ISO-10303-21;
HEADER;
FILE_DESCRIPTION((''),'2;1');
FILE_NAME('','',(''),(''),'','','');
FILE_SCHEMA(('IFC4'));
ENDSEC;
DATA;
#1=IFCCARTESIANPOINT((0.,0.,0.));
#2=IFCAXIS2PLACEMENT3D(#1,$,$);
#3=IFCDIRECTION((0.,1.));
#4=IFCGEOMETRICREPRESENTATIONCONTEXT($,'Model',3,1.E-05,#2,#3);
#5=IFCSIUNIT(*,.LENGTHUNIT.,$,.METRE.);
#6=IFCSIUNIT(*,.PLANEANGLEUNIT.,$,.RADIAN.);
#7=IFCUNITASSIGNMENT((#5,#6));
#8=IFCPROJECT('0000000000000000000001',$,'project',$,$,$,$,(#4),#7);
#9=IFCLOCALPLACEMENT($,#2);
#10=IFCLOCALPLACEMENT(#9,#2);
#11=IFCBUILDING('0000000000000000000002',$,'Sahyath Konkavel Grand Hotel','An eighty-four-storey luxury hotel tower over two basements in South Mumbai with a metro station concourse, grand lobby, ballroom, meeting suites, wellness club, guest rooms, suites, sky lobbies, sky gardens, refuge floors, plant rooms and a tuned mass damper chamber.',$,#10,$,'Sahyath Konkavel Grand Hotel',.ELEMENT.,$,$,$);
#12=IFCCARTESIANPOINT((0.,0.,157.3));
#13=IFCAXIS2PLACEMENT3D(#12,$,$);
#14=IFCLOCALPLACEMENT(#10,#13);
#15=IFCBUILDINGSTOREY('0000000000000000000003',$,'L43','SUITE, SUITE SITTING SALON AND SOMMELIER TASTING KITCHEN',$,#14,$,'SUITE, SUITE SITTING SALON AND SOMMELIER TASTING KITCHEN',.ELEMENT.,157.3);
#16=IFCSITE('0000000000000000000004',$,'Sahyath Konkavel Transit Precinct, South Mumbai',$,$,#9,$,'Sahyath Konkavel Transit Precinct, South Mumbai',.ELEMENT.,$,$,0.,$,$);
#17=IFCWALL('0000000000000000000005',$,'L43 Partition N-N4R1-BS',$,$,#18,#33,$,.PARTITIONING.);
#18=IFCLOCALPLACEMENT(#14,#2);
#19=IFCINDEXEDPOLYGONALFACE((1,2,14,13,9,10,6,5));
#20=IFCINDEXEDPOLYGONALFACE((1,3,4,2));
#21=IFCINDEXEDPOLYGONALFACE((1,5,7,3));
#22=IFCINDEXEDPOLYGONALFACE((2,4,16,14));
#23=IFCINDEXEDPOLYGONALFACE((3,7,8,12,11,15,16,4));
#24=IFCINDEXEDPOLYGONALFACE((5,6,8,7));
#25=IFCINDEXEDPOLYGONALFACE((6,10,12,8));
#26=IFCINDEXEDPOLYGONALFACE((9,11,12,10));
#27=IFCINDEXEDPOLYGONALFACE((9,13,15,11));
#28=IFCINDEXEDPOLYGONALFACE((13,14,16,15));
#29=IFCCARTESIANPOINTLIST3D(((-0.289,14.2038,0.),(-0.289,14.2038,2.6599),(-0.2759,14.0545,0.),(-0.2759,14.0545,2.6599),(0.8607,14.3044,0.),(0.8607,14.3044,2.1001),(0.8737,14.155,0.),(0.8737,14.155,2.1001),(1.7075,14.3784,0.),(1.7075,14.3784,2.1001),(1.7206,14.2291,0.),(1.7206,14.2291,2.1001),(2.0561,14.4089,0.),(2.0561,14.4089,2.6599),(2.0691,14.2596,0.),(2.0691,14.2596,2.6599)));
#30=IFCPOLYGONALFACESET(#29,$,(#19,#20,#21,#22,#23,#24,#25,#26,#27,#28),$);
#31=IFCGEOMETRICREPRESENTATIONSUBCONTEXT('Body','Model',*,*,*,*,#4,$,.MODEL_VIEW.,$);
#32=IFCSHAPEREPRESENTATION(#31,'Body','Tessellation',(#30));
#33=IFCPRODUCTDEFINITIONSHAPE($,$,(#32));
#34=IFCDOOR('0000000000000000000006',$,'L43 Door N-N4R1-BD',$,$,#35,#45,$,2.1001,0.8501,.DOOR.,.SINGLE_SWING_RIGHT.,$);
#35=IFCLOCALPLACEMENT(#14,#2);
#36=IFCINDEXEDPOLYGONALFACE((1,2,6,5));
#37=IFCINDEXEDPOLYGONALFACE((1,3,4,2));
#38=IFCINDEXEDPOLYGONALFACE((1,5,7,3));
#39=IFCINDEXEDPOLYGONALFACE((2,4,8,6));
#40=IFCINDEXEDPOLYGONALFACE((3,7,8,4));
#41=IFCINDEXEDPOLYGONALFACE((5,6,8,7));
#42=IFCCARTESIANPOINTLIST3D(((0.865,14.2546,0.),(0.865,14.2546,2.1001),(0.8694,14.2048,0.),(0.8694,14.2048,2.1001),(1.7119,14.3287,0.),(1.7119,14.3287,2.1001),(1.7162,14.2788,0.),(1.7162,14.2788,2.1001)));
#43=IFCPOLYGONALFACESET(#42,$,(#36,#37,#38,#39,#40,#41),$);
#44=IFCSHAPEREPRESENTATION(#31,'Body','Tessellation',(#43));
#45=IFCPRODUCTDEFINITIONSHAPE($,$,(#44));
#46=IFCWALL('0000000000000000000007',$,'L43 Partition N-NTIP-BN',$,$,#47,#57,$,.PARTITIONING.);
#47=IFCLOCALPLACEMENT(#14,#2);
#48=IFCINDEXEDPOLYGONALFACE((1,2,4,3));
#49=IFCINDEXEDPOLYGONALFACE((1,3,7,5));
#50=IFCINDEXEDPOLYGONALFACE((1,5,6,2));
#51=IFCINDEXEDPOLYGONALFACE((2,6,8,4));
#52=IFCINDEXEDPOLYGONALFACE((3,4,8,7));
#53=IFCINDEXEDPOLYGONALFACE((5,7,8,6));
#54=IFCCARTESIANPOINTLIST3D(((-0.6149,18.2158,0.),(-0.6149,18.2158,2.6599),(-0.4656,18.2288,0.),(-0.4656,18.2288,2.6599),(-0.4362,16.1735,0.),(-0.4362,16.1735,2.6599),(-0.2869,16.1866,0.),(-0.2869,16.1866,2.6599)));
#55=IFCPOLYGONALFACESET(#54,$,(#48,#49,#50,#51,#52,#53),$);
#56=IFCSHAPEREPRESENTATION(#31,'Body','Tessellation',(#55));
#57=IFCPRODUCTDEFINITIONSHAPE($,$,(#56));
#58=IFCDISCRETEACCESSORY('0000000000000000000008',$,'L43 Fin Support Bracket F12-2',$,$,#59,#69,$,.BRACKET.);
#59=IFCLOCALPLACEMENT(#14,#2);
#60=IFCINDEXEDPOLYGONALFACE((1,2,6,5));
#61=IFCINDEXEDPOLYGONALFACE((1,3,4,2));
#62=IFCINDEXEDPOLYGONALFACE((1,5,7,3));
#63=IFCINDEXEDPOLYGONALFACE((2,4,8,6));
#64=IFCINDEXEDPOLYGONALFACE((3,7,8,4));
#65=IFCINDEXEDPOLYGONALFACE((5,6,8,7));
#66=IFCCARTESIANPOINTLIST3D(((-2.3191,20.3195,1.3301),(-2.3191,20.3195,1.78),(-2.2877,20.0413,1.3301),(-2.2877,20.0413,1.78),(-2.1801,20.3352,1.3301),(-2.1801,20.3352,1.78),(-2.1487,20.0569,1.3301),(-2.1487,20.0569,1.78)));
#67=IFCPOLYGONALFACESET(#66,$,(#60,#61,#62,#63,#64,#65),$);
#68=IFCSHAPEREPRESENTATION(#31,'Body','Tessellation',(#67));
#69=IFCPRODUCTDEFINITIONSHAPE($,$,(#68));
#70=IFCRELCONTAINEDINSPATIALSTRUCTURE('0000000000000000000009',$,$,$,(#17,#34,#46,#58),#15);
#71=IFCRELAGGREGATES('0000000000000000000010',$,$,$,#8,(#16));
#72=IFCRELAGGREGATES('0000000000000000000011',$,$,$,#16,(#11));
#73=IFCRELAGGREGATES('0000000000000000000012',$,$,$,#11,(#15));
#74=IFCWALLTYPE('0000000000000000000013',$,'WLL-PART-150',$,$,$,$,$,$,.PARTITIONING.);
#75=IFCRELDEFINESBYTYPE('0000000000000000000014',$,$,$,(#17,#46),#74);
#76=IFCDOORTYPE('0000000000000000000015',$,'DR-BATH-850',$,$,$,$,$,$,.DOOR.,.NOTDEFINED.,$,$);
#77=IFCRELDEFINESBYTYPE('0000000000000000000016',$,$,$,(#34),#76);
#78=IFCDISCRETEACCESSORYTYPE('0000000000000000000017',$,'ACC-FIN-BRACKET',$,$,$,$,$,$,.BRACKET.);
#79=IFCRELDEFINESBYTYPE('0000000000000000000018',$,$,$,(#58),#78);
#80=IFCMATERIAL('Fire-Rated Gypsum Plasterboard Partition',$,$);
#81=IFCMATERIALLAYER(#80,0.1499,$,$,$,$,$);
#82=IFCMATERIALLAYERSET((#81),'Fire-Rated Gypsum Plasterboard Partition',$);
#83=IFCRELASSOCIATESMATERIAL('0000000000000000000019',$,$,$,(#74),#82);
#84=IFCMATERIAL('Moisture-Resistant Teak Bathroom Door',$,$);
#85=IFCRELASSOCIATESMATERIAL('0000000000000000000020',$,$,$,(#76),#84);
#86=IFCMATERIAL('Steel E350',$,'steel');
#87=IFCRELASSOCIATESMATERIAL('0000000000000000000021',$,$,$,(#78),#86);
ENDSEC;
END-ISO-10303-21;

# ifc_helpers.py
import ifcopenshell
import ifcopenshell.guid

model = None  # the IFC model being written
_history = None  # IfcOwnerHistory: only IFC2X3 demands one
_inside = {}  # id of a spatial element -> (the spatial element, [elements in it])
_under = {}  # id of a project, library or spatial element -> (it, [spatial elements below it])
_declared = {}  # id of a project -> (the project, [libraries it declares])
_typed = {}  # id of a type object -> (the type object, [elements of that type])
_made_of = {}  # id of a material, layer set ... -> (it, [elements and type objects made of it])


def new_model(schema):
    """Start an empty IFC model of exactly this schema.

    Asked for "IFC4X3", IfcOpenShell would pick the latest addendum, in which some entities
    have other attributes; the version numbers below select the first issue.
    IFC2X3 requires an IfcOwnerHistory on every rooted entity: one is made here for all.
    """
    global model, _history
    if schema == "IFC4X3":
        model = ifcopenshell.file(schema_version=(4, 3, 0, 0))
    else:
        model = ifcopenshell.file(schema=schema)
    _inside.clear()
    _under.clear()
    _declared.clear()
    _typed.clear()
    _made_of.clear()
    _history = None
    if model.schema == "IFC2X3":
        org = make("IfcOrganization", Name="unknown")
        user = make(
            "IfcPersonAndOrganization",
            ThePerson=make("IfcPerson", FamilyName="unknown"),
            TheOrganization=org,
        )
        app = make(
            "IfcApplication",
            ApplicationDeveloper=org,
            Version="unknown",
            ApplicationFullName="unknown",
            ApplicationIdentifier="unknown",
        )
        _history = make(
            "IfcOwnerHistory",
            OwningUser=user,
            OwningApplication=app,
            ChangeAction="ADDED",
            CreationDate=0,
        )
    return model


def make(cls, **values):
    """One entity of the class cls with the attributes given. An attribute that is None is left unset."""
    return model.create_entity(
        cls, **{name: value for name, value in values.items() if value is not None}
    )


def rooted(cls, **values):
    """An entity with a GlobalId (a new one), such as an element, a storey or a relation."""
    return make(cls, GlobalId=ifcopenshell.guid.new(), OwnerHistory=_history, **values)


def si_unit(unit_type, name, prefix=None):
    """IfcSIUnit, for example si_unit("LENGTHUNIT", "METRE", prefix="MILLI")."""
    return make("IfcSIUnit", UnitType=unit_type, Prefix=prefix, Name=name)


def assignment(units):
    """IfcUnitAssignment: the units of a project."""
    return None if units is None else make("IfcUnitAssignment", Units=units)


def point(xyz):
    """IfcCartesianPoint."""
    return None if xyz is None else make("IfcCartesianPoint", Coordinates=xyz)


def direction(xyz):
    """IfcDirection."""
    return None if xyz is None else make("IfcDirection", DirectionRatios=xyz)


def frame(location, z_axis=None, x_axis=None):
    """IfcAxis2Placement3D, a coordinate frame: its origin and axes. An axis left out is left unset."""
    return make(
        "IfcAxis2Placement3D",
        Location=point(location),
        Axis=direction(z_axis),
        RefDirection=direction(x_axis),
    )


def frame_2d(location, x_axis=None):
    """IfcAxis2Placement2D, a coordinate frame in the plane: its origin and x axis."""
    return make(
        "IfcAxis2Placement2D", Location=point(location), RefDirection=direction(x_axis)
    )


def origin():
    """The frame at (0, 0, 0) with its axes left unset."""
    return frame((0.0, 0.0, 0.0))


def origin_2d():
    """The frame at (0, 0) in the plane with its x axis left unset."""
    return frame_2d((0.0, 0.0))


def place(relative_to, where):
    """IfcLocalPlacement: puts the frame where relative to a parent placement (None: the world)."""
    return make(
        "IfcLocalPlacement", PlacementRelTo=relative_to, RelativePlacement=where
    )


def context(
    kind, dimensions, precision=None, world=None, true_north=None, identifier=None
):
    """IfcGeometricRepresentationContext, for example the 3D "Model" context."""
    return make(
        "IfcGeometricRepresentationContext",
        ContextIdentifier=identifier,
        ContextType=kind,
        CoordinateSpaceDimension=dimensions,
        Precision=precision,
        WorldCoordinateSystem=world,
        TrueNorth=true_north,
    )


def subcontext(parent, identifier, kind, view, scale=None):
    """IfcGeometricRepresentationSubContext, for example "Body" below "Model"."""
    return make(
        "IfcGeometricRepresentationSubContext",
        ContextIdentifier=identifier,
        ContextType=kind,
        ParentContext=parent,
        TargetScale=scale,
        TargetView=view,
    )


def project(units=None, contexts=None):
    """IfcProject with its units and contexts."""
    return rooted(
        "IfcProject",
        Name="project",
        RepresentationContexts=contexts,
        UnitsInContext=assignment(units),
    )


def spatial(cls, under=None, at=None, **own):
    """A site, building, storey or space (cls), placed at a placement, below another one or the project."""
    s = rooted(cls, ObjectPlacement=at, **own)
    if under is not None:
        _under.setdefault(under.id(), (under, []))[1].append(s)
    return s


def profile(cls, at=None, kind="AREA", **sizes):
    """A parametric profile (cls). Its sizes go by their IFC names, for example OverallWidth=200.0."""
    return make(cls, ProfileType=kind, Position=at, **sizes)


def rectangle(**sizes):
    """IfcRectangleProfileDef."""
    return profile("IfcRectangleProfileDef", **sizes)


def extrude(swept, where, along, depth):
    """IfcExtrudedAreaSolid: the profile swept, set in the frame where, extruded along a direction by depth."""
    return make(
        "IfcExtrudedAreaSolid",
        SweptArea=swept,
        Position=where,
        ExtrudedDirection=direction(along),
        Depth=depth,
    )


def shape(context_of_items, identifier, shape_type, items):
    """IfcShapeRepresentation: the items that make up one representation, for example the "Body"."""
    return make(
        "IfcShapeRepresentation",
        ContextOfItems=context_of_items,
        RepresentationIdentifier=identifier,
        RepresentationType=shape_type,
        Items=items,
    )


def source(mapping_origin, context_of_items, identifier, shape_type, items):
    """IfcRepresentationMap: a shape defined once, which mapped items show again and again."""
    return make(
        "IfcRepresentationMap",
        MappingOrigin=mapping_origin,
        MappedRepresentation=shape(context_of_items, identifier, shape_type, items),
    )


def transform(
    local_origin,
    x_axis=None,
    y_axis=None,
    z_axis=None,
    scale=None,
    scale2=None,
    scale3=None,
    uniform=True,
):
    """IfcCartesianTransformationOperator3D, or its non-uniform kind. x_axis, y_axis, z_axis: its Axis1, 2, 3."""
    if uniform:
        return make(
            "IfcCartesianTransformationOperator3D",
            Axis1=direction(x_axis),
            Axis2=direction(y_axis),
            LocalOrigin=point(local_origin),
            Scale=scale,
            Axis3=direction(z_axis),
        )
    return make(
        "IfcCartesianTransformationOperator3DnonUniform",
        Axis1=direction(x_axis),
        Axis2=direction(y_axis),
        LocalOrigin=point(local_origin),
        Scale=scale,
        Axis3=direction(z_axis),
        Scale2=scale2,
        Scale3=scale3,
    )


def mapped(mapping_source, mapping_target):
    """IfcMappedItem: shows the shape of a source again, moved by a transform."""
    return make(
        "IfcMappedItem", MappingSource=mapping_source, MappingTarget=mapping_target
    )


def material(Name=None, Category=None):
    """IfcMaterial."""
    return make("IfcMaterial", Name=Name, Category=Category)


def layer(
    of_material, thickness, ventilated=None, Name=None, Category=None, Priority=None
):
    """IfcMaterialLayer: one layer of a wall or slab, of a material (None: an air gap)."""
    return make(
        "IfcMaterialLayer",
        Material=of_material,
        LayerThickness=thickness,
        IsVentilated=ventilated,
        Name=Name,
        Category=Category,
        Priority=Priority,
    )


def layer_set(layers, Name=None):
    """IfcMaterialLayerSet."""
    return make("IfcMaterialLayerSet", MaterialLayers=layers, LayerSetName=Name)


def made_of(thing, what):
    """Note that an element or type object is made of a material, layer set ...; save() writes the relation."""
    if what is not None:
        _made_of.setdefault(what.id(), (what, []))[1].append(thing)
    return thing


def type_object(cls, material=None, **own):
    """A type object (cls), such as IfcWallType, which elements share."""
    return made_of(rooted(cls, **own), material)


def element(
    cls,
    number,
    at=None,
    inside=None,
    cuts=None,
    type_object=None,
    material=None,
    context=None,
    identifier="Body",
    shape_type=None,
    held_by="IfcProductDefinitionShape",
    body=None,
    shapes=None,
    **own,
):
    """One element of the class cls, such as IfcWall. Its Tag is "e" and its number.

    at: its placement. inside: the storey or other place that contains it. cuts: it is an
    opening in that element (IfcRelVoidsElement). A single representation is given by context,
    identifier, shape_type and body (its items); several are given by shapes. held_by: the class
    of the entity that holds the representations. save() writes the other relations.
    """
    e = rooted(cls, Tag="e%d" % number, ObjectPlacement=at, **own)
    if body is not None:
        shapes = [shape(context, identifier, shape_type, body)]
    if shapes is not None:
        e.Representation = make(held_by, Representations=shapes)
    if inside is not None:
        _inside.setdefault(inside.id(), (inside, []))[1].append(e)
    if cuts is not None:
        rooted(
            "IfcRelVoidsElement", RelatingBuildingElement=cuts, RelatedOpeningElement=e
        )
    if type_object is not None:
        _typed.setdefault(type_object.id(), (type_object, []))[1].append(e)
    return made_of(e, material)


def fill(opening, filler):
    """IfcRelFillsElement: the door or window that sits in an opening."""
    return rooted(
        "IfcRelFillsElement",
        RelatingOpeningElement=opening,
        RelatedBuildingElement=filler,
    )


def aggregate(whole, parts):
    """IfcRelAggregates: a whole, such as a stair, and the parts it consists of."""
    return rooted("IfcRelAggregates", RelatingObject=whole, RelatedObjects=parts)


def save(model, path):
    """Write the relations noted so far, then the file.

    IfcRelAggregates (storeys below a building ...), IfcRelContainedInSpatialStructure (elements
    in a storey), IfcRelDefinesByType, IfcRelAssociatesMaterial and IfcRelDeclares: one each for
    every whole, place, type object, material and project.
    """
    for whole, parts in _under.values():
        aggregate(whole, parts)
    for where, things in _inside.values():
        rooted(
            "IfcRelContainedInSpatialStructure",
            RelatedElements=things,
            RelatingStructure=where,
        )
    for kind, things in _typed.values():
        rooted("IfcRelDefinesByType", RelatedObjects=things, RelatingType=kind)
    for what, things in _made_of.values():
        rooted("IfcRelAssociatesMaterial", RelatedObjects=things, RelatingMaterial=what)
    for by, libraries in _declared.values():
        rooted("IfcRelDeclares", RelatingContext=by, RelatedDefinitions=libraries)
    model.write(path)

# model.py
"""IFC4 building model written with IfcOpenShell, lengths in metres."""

from ifc_helpers import new_model, si_unit, direction, frame, frame_2d, origin, origin_2d, place, context, subcontext, project, spatial, rectangle, extrude, source, transform, mapped, material, layer, layer_set, type_object, element, fill, save


model = new_model("IFC4")

# Units and contexts
model_context = context("Model", 3, precision=1e-05, world=origin(), true_north=direction((0.0, 1.0)))
body_context = subcontext(model_context, "Body", "Model", "MODEL_VIEW")
ifc_project = project(units=[si_unit("LENGTHUNIT", "METRE"), si_unit("PLANEANGLEUNIT", "RADIAN")], contexts=[model_context])

# Site, building, storey
site_placement = place(None, origin())
site = spatial("IfcSite", under=ifc_project, at=site_placement, Name="Sahyath Konkavel Transit Precinct, South Mumbai", LongName="Sahyath Konkavel Transit Precinct, South Mumbai", CompositionType="ELEMENT", RefElevation=0.0)
building_placement = place(site_placement, origin())
building = spatial("IfcBuilding", under=site, at=building_placement, Name="Sahyath Konkavel Grand Hotel", Description="An eighty-four-storey luxury hotel tower over two basements in South Mumbai with a metro station concourse, grand lobby, ballroom, meeting suites, wellness club, guest rooms, suites, sky lobbies, sky gardens, refuge floors, plant rooms and a tuned mass damper chamber.", LongName="Sahyath Konkavel Grand Hotel", CompositionType="ELEMENT")
storey_placement = place(building_placement, frame((0.0, 0.0, 157.3)))
storey = spatial("IfcBuildingStorey", under=building, at=storey_placement, Name="L43", Description="SUITE, SUITE SITTING SALON AND SOMMELIER TASTING KITCHEN", LongName="SUITE, SUITE SITTING SALON AND SOMMELIER TASTING KITCHEN", CompositionType="ELEMENT", Elevation=157.3)

# Shared definitions
ifc_material_1 = material(Name="Steel E350", Category="steel")

# Wall, opening, door
ifc_material_2 = material(Name="Fire-Rated Gypsum Plasterboard Partition")
ifc_layer_1 = layer(ifc_material_2, 0.1499)
ifc_layer_set_1 = layer_set([ifc_layer_1], Name="Fire-Rated Gypsum Plasterboard Partition")
wall_type_1 = type_object("IfcWallType", Name="WLL-PART-150", PredefinedType="PARTITIONING", material=ifc_layer_set_1)
wall_1_placement = place(storey_placement, frame((-0.2825, 14.1292, 0.0), z_axis=(0.0, 0.0, 1.0), x_axis=(0.996198, 0.087122, 0.0)))
wall_1 = element("IfcWall", 1, at=wall_1_placement, inside=storey, type_object=wall_type_1, Name="L43 Partition N-N4R1-BS", PredefinedType="PARTITIONING", context=body_context, shape_type="SweptSolid", body=[
    extrude(rectangle(XDim=2.354, YDim=0.1499, at=frame_2d((1.177, 0.0))), origin(), (0.0, 0.0, 1.0), 2.6599),
])
opening_placement = place(wall_1_placement, frame((1.1541, 0.0, 0.0)))
opening = element("IfcOpeningElement", 2, at=opening_placement, cuts=wall_1, PredefinedType="OPENING", context=body_context, shape_type="SweptSolid", body=[
    extrude(rectangle(XDim=0.8501, YDim=2.1001, at=frame_2d((0.425, 1.05))), frame((0.0, 0.085, 0.0), z_axis=(0.0, -1.0, 0.0), x_axis=(1.0, 0.0, 0.0)), (0.0, 0.0, 1.0), 0.1699),
])
ifc_material_3 = material(Name="Moisture-Resistant Teak Bathroom Door")
door_type = type_object("IfcDoorType", Name="DR-BATH-850", OperationType="NOTDEFINED", PredefinedType="DOOR", material=ifc_material_3)
shared_shape_1 = source(origin(), body_context, "Body", "SweptSolid", [
    extrude(rectangle(XDim=0.8501, YDim=0.05, at=origin_2d()), origin(), (0.0, 0.0, 1.0), 2.1001),
])
door_placement = place(opening_placement, frame((0.425, 0.0, 0.0)))
door = element("IfcDoor", 3, at=door_placement, inside=storey, type_object=door_type, Name="L43 Door N-N4R1-BD", OperationType="SINGLE_SWING_RIGHT", OverallHeight=2.1001, OverallWidth=0.8501, PredefinedType="DOOR", context=body_context, shape_type="MappedRepresentation", body=[
    mapped(shared_shape_1, transform((0.0, 0.0, 0.0), scale=1.0)),
])
fill(opening, door)

# Wall
wall_2_placement = place(storey_placement, frame((-0.3616, 16.1802, 0.0), z_axis=(0.0, 0.0, 1.0), x_axis=(-0.087174, 0.996193, 0.0)))
element("IfcWall", 4, at=wall_2_placement, inside=storey, type_object=wall_type_1, Name="L43 Partition N-NTIP-BN", PredefinedType="PARTITIONING", context=body_context, shape_type="SweptSolid", body=[
    extrude(rectangle(XDim=2.05, YDim=0.1499, at=frame_2d((1.0249, 0.0))), origin(), (0.0, 0.0, 1.0), 2.6599),
])

# Discrete accessory
discrete_accessory_type = type_object("IfcDiscreteAccessoryType", Name="ACC-FIN-BRACKET", PredefinedType="BRACKET", material=ifc_material_1)
shared_shape_2 = source(origin(), body_context, "Body", "SweptSolid", [
    extrude(rectangle(XDim=0.28, YDim=0.1399, at=origin_2d()), origin(), (0.0, 0.0, 1.0), 0.45),
])
discrete_accessory_placement = place(storey_placement, frame((-2.2339, 20.1882, 1.3301), z_axis=(0.0, 0.0, 1.0), x_axis=(-0.112007, 0.993707, 0.0)))
element("IfcDiscreteAccessory", 5, at=discrete_accessory_placement, inside=storey, type_object=discrete_accessory_type, Name="L43 Fin Support Bracket F12-2", PredefinedType="BRACKET", context=body_context, shape_type="MappedRepresentation", body=[
    mapped(shared_shape_2, transform((0.0, 0.0, 0.0), scale=1.0)),
])

save(model, "model.ifc")
